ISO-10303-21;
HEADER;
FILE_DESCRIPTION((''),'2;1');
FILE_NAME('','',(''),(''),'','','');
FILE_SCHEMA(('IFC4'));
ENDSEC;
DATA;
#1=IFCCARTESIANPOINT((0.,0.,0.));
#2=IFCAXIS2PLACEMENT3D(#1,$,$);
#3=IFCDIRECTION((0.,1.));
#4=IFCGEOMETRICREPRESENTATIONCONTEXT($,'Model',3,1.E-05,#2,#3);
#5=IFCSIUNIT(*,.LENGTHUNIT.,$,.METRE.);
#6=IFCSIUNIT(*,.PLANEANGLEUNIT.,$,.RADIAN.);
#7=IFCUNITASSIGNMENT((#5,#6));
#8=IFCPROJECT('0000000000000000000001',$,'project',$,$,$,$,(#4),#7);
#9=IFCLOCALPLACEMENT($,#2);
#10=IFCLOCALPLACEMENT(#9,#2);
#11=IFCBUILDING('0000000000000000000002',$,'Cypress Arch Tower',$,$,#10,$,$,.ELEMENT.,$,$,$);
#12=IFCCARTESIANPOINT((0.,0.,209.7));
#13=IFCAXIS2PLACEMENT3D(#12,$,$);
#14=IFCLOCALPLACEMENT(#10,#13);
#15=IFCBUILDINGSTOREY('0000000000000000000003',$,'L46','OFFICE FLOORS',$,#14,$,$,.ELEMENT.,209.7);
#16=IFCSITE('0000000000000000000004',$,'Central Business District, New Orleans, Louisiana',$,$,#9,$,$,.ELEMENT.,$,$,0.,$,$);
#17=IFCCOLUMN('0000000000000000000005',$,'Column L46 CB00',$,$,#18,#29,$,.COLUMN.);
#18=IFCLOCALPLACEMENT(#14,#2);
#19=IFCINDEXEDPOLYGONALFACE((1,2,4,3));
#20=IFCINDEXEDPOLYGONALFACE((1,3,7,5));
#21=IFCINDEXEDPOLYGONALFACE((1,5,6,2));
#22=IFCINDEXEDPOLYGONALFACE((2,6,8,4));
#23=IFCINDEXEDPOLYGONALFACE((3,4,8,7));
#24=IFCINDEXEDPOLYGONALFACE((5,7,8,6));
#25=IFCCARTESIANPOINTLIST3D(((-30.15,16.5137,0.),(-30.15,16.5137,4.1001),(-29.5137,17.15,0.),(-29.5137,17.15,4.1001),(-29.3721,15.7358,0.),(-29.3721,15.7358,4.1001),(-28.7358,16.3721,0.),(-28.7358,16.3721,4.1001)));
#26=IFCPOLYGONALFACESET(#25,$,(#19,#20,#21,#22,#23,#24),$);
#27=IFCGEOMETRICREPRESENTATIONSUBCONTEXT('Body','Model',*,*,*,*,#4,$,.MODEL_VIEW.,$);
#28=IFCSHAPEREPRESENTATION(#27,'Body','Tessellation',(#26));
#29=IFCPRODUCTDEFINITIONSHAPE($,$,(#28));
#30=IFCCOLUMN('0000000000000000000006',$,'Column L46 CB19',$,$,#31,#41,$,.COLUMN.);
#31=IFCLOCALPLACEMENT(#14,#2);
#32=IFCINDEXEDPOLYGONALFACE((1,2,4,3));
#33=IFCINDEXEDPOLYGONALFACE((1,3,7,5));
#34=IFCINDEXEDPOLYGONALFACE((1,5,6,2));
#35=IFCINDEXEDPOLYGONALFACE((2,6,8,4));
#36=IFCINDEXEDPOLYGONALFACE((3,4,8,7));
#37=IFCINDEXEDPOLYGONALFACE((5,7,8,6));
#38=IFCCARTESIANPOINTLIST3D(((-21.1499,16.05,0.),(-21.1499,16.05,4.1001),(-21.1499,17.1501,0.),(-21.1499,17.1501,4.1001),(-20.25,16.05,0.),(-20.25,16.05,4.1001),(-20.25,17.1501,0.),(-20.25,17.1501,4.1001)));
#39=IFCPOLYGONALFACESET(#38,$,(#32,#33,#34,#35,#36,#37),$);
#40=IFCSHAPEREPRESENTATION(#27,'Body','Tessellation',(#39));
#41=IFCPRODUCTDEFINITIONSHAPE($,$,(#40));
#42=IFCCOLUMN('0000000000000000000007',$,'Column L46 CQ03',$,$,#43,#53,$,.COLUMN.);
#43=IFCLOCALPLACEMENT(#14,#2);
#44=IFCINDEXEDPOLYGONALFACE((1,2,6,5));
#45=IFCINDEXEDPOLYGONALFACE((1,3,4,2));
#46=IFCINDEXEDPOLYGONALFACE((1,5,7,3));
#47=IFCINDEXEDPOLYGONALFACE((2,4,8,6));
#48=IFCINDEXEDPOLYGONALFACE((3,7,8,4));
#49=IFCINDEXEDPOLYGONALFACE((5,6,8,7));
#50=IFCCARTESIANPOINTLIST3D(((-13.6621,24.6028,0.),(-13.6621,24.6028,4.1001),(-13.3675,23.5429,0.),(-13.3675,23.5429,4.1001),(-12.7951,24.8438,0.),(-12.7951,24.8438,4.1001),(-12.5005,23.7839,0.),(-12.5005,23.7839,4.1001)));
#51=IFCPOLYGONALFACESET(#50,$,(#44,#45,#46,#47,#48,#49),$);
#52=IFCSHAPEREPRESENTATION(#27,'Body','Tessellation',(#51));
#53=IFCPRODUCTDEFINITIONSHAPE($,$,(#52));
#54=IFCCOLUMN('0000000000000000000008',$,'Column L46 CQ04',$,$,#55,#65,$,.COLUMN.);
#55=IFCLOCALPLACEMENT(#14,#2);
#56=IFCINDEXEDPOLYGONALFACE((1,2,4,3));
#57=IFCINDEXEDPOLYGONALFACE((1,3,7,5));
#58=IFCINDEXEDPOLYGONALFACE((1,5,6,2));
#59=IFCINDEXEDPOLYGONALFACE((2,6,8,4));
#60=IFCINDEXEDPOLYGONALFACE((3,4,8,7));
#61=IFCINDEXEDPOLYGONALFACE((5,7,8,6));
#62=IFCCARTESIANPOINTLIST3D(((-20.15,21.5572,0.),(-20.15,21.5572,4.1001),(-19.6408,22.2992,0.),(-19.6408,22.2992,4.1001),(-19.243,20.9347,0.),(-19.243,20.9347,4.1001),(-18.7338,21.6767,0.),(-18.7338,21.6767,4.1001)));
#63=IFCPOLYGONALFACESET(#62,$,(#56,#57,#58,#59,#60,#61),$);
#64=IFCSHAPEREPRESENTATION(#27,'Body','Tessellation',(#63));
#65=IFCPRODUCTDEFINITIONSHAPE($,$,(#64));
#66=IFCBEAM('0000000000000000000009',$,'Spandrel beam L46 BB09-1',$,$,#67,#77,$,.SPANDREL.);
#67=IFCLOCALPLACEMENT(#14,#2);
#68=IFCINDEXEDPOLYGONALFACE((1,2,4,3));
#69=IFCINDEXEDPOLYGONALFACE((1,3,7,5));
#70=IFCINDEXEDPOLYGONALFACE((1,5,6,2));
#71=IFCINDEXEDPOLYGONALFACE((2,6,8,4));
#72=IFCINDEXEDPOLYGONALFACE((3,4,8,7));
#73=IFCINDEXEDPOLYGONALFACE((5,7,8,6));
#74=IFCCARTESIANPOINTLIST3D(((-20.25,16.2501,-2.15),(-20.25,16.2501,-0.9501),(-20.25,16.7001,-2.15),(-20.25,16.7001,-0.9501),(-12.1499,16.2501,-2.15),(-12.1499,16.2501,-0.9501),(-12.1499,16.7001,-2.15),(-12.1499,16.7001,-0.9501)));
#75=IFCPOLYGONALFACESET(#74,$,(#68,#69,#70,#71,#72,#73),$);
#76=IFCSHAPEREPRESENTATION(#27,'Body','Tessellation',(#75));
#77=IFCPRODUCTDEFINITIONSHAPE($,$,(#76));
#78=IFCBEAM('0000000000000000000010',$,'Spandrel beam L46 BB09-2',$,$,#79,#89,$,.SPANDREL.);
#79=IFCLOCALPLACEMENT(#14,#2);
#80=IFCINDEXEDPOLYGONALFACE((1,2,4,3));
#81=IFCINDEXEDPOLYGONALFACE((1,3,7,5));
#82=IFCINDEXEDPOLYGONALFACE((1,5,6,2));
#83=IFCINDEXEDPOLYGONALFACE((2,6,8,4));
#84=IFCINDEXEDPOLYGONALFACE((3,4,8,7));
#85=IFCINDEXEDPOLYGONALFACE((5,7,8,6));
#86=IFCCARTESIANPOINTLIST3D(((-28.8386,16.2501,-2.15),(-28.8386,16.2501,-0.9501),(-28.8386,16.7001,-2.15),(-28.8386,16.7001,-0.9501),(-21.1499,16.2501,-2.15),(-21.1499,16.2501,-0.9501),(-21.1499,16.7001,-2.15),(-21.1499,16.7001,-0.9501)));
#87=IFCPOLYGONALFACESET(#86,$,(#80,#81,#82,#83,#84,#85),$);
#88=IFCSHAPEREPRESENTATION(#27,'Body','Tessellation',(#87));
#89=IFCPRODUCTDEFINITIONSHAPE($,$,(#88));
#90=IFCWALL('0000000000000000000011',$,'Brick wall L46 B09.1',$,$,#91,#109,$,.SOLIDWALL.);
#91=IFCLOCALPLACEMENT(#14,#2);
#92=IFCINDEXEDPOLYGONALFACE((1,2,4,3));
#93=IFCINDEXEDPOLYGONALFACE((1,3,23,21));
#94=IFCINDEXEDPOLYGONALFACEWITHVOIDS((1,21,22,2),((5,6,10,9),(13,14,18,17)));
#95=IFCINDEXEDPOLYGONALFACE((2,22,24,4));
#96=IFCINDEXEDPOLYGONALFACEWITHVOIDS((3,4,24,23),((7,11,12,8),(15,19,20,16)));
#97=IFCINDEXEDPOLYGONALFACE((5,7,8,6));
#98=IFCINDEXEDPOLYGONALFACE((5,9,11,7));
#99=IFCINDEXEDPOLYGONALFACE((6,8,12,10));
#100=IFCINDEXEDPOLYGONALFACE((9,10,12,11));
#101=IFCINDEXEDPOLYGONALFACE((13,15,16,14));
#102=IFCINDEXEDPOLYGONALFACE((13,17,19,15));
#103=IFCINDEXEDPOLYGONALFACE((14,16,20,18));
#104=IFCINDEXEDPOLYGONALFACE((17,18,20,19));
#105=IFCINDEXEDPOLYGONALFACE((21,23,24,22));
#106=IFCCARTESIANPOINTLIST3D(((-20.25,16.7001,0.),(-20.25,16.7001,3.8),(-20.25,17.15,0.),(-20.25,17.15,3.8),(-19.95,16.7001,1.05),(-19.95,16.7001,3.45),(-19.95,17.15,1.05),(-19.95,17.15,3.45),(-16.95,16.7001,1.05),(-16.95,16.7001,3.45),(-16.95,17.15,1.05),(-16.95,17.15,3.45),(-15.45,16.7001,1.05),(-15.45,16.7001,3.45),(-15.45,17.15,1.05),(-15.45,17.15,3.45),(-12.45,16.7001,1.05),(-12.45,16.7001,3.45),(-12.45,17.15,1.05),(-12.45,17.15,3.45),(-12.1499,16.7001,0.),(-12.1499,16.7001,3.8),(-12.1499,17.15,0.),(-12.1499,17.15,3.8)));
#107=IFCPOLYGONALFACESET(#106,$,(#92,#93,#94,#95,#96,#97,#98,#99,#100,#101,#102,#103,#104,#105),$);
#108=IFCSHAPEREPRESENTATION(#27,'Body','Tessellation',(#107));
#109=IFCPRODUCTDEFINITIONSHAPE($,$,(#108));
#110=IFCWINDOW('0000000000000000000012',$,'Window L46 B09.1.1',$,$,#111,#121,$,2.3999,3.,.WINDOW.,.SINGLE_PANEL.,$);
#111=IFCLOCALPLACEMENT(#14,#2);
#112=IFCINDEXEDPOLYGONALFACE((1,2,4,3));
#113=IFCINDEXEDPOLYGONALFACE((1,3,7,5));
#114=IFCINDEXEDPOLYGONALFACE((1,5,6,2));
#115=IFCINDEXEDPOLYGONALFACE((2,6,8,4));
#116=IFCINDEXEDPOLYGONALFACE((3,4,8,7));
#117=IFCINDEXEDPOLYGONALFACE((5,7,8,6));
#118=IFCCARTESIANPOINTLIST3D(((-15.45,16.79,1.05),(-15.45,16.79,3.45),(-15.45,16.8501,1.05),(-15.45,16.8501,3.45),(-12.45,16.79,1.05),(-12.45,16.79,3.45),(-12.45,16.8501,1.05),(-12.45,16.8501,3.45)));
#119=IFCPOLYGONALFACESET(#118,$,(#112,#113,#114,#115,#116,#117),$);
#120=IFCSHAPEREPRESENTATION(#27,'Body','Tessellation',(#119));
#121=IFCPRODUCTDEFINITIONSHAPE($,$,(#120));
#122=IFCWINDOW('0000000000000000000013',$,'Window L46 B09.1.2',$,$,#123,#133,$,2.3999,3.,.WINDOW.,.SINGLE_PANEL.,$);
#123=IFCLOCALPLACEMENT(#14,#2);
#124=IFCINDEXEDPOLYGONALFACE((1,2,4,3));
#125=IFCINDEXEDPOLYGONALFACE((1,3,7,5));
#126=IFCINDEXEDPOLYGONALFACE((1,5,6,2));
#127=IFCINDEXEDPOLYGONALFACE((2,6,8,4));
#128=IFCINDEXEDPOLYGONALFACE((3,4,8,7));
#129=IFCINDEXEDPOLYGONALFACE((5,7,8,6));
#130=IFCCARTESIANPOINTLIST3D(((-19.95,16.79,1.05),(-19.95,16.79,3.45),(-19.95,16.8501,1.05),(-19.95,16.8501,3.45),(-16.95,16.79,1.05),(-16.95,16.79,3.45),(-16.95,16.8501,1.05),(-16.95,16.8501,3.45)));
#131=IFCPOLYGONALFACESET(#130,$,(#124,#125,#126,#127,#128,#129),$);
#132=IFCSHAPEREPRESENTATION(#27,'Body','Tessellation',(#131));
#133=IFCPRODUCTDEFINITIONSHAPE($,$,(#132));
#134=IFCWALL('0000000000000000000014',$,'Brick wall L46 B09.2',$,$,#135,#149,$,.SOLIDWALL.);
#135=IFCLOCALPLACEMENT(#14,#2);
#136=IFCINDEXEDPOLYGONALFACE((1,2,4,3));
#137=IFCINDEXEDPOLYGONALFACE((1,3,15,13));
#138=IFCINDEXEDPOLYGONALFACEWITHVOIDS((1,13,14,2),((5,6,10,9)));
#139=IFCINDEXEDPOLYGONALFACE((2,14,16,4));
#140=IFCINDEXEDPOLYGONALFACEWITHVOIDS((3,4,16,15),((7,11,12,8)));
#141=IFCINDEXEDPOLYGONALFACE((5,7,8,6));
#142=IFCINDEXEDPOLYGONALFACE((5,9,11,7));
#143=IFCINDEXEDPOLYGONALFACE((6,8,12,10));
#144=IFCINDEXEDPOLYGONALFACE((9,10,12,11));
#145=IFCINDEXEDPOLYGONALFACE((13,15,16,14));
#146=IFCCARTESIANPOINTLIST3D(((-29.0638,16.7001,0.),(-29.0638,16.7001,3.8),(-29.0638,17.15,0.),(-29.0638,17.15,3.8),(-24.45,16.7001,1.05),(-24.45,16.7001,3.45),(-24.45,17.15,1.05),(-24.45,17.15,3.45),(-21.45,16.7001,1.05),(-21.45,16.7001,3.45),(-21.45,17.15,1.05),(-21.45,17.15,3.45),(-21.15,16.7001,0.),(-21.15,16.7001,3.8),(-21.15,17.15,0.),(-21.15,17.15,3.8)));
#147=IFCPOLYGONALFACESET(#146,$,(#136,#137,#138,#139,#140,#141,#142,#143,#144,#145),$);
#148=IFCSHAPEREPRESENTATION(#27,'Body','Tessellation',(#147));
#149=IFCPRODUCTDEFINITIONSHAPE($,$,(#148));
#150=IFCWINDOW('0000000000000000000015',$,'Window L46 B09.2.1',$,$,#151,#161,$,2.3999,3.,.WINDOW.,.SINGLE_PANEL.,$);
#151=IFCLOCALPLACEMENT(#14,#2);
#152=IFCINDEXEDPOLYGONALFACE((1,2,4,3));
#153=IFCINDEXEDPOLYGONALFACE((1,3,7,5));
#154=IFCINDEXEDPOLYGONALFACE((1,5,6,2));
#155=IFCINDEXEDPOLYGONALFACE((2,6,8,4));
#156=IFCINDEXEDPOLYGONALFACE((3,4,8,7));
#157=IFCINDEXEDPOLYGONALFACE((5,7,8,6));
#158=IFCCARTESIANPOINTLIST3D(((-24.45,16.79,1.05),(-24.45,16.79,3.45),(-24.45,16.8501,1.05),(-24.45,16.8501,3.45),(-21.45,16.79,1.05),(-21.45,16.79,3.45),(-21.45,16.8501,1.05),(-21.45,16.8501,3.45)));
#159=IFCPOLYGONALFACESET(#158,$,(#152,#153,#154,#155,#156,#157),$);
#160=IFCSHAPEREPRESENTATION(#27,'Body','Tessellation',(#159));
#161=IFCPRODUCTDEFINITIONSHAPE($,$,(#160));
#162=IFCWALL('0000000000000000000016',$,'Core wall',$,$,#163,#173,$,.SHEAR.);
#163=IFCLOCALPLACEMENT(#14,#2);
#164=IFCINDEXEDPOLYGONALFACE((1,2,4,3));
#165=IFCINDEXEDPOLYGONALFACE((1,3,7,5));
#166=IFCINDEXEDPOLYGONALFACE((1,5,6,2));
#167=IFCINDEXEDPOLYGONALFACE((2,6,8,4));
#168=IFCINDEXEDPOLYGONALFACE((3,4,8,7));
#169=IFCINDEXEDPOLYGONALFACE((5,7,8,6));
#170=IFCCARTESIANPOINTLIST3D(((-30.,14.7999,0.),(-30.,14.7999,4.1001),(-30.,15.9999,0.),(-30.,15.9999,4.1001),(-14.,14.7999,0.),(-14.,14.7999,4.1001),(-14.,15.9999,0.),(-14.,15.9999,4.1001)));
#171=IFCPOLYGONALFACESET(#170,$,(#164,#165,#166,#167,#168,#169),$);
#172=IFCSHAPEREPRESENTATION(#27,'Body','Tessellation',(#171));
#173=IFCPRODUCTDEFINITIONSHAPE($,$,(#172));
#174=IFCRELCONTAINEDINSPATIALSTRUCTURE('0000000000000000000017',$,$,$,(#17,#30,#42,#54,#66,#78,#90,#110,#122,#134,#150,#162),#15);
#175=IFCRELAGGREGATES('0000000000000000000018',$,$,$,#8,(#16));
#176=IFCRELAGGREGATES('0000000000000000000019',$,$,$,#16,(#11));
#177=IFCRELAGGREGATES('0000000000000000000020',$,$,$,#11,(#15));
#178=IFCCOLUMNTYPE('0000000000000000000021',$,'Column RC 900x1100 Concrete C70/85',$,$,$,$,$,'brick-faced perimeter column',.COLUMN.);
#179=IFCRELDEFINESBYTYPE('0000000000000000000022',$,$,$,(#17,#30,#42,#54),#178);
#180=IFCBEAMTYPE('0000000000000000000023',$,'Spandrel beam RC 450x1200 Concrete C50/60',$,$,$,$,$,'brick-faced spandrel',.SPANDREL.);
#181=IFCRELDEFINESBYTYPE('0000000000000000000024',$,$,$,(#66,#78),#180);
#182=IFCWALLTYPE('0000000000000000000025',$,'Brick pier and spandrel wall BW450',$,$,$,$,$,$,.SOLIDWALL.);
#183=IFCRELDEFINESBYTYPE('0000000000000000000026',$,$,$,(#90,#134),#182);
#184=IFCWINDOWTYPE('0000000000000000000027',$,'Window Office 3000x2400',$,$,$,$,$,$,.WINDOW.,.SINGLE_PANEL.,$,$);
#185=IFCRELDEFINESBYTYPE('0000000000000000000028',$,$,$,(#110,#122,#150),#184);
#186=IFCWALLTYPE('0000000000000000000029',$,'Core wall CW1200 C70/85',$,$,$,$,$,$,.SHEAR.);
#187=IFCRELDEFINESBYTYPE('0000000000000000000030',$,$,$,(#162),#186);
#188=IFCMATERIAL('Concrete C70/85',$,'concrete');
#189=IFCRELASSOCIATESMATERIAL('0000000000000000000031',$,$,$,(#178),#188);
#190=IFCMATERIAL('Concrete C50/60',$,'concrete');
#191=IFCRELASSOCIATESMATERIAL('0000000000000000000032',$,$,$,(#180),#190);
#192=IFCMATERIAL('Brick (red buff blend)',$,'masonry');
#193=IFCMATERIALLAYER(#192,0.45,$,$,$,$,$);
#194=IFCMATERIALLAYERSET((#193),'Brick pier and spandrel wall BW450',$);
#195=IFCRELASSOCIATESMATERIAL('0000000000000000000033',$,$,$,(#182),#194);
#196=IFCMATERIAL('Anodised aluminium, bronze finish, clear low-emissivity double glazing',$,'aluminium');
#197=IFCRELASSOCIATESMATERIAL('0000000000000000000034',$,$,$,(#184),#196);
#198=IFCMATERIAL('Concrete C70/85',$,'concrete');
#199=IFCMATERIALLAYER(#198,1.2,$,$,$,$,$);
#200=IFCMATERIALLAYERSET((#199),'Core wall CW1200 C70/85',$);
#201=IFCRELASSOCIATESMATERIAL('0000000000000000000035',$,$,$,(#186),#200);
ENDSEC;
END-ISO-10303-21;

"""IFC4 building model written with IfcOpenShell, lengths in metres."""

from ifc_helpers import new_model, si_unit, direction, frame, frame_2d, origin, origin_2d, place, context, subcontext, project, spatial, rectangle, extrude, material, layer, layer_set, material_profile, profile_set, type_object, element, fill, save


model = new_model("IFC4")

# Units and contexts
model_context = context("Model", 3, precision=1e-05, world=origin(), true_north=direction((0.0, 1.0)))
body_context = subcontext(model_context, "Body", "Model", "MODEL_VIEW")
ifc_project = project(units=[si_unit("LENGTHUNIT", "METRE"), si_unit("PLANEANGLEUNIT", "RADIAN")], contexts=[model_context])

# Site, building, storey
site_placement = place(None, origin())
site = spatial("IfcSite", under=ifc_project, at=site_placement, Name="Central Business District, New Orleans, Louisiana", CompositionType="ELEMENT", RefElevation=0.0)
building_placement = place(site_placement, origin())
building = spatial("IfcBuilding", under=site, at=building_placement, Name="Cypress Arch Tower", CompositionType="ELEMENT")
storey_placement = place(building_placement, frame((0.0, 0.0, 209.7)))
storey = spatial("IfcBuildingStorey", under=building, at=storey_placement, Name="L46", Description="OFFICE FLOORS", CompositionType="ELEMENT", Elevation=209.7)

# Columns
ifc_material_1 = material(Name="Concrete C70/85", Category="concrete")
ifc_material_profile_1 = material_profile(ifc_material_1, rectangle(XDim=0.8999, YDim=1.1001, at=origin_2d()), Name="RC 900x1100")
ifc_profile_set_1 = profile_set([ifc_material_profile_1], Name="Concrete C70/85")
column_type = type_object("IfcColumnType", Name="Column RC 900x1100 Concrete C70/85", ElementType="brick-faced perimeter column", PredefinedType="COLUMN", material=ifc_profile_set_1)
for number, where, z_axis, x_axis, name in (
    (1, (-29.4429, 16.4429, 0.0), (0.0, 0.0, 1.0), (-0.707107, -0.707107, 0.0), "Column L46 CB00"),
    (2, (-20.7, 16.6001, 0.0), (0.0, 0.0, 1.0), (-1.0, 0.0, 0.0), "Column L46 CB19"),
    (3, (-13.0813, 24.1934, 0.0), (0.0, 0.0, 1.0), (-0.963456, -0.267868, 0.0), "Column L46 CQ03"),
    (4, (-19.4419, 21.6169, 0.0), (0.0, 0.0, 1.0), (-0.565893, -0.824479, 0.0), "Column L46 CQ04"),
):
    element("IfcColumn", number, at=place(storey_placement, frame(where, z_axis=z_axis, x_axis=x_axis)), inside=storey, type_object=column_type, Name=name, PredefinedType="COLUMN", context=body_context, shape_type="SweptSolid", body=[
        extrude(rectangle(XDim=0.8999, YDim=1.1001, at=origin_2d()), origin(), (0.0, 0.0, 1.0), 4.1001),
    ])

# Beams
ifc_material_2 = material(Name="Concrete C50/60", Category="concrete")
ifc_material_profile_2 = material_profile(ifc_material_2, rectangle(XDim=0.45, YDim=1.2, at=origin_2d()), Name="RC 450x1200")
ifc_profile_set_2 = profile_set([ifc_material_profile_2], Name="Concrete C50/60")
beam_type = type_object("IfcBeamType", Name="Spandrel beam RC 450x1200 Concrete C50/60", ElementType="brick-faced spandrel", PredefinedType="SPANDREL", material=ifc_profile_set_2)
beam_1_placement = place(storey_placement, frame((-12.1499, 16.4751, -1.55), z_axis=(-1.0, 0.0, 0.0), x_axis=(0.0, -1.0, 0.0)))
element("IfcBeam", 5, at=beam_1_placement, inside=storey, type_object=beam_type, Name="Spandrel beam L46 BB09-1", PredefinedType="SPANDREL", context=body_context, shape_type="SweptSolid", body=[
    extrude(rectangle(XDim=0.45, YDim=1.2, at=origin_2d()), origin(), (0.0, 0.0, 1.0), 8.1001),
])
beam_2_placement = place(storey_placement, frame((-21.1499, 16.4751, -1.55), z_axis=(-1.0, 0.0, 0.0), x_axis=(0.0, -1.0, 0.0)))
element("IfcBeam", 6, at=beam_2_placement, inside=storey, type_object=beam_type, Name="Spandrel beam L46 BB09-2", PredefinedType="SPANDREL", context=body_context, shape_type="SweptSolid", body=[
    extrude(rectangle(XDim=0.45, YDim=1.2, at=origin_2d()), origin(), (0.0, 0.0, 1.0), 7.6887),
])

# Wall, openings, windows
ifc_material_3 = material(Name="Brick (red buff blend)", Category="masonry")
ifc_layer_1 = layer(ifc_material_3, 0.45)
ifc_layer_set_1 = layer_set([ifc_layer_1], Name="Brick pier and spandrel wall BW450")
wall_type_1 = type_object("IfcWallType", Name="Brick pier and spandrel wall BW450", PredefinedType="SOLIDWALL", material=ifc_layer_set_1)
wall_1_placement = place(storey_placement, frame((-12.1499, 16.925, 0.0), z_axis=(0.0, 0.0, 1.0), x_axis=(-1.0, 0.0, 0.0)))
wall_1 = element("IfcWall", 7, at=wall_1_placement, inside=storey, type_object=wall_type_1, Name="Brick wall L46 B09.1", PredefinedType="SOLIDWALL", context=body_context, shape_type="SweptSolid", body=[
    extrude(rectangle(XDim=8.1001, YDim=0.45, at=frame_2d((4.05, 0.0))), origin(), (0.0, 0.0, 1.0), 3.8),
])
opening_1_placement = place(wall_1_placement, frame((0.3, 0.0, 1.05)))
opening_1 = element("IfcOpeningElement", 8, at=opening_1_placement, cuts=wall_1, PredefinedType="OPENING", context=body_context, shape_type="SweptSolid", body=[
    extrude(rectangle(XDim=3.0, YDim=2.3999, at=frame_2d((1.5, 1.2))), frame((0.0, 0.2349, 0.0), z_axis=(0.0, -1.0, 0.0), x_axis=(1.0, 0.0, 0.0)), (0.0, 0.0, 1.0), 0.47),
])
opening_2_placement = place(wall_1_placement, frame((4.8, 0.0, 1.05)))
opening_2 = element("IfcOpeningElement", 9, at=opening_2_placement, cuts=wall_1, PredefinedType="OPENING", context=body_context, shape_type="SweptSolid", body=[
    extrude(rectangle(XDim=3.0, YDim=2.3999, at=frame_2d((1.5, 1.2))), frame((0.0, 0.2349, 0.0), z_axis=(0.0, -1.0, 0.0), x_axis=(1.0, 0.0, 0.0)), (0.0, 0.0, 1.0), 0.47),
])
ifc_material_4 = material(Name="Anodised aluminium, bronze finish, clear low-emissivity double glazing", Category="aluminium")
window_type = type_object("IfcWindowType", Name="Window Office 3000x2400", PartitioningType="SINGLE_PANEL", PredefinedType="WINDOW", material=ifc_material_4)
window_1_placement = place(opening_1_placement, origin())
window_1 = element("IfcWindow", 10, at=window_1_placement, inside=storey, type_object=window_type, Name="Window L46 B09.1.1", OverallHeight=2.3999, OverallWidth=3.0, PartitioningType="SINGLE_PANEL", PredefinedType="WINDOW", context=body_context, shape_type="SweptSolid", body=[
    extrude(rectangle(XDim=3.0, YDim=2.3999, at=frame_2d((1.5, 1.2))), frame((0.0, 0.135, 0.0), z_axis=(0.0, -1.0, 0.0), x_axis=(1.0, 0.0, 0.0)), (0.0, 0.0, 1.0), 0.0601),
])
fill(opening_1, window_1)
window_2_placement = place(opening_2_placement, origin())
window_2 = element("IfcWindow", 11, at=window_2_placement, inside=storey, type_object=window_type, Name="Window L46 B09.1.2", OverallHeight=2.3999, OverallWidth=3.0, PartitioningType="SINGLE_PANEL", PredefinedType="WINDOW", context=body_context, shape_type="SweptSolid", body=[
    extrude(rectangle(XDim=3.0, YDim=2.3999, at=frame_2d((1.5, 1.2))), frame((0.0, 0.135, 0.0), z_axis=(0.0, -1.0, 0.0), x_axis=(1.0, 0.0, 0.0)), (0.0, 0.0, 1.0), 0.0601),
])
fill(opening_2, window_2)

# Wall, opening, window
wall_2_placement = place(storey_placement, frame((-21.1499, 16.925, 0.0), z_axis=(0.0, 0.0, 1.0), x_axis=(-1.0, 0.0, 0.0)))
wall_2 = element("IfcWall", 12, at=wall_2_placement, inside=storey, type_object=wall_type_1, Name="Brick wall L46 B09.2", PredefinedType="SOLIDWALL", context=body_context, shape_type="SweptSolid", body=[
    extrude(rectangle(XDim=7.9138, YDim=0.45, at=frame_2d((3.957, 0.0))), origin(), (0.0, 0.0, 1.0), 3.8),
])
opening_3_placement = place(wall_2_placement, frame((0.3, 0.0, 1.05)))
opening_3 = element("IfcOpeningElement", 13, at=opening_3_placement, cuts=wall_2, PredefinedType="OPENING", context=body_context, shape_type="SweptSolid", body=[
    extrude(rectangle(XDim=3.0, YDim=2.3999, at=frame_2d((1.5, 1.2))), frame((0.0, 0.2349, 0.0), z_axis=(0.0, -1.0, 0.0), x_axis=(1.0, 0.0, 0.0)), (0.0, 0.0, 1.0), 0.47),
])
window_3_placement = place(opening_3_placement, origin())
window_3 = element("IfcWindow", 14, at=window_3_placement, inside=storey, type_object=window_type, Name="Window L46 B09.2.1", OverallHeight=2.3999, OverallWidth=3.0, PartitioningType="SINGLE_PANEL", PredefinedType="WINDOW", context=body_context, shape_type="SweptSolid", body=[
    extrude(rectangle(XDim=3.0, YDim=2.3999, at=frame_2d((1.5, 1.2))), frame((0.0, 0.135, 0.0), z_axis=(0.0, -1.0, 0.0), x_axis=(1.0, 0.0, 0.0)), (0.0, 0.0, 1.0), 0.0601),
])
fill(opening_3, window_3)

# Wall
ifc_material_5 = material(Name="Concrete C70/85", Category="concrete")
ifc_layer_2 = layer(ifc_material_5, 1.2)
ifc_layer_set_2 = layer_set([ifc_layer_2], Name="Core wall CW1200 C70/85")
wall_type_2 = type_object("IfcWallType", Name="Core wall CW1200 C70/85", PredefinedType="SHEAR", material=ifc_layer_set_2)
wall_3_placement = place(storey_placement, frame((-30.0, 15.3999, 0.0), z_axis=(0.0, 0.0, 1.0), x_axis=(1.0, 0.0, 0.0)))
element("IfcWall", 15, at=wall_3_placement, inside=storey, type_object=wall_type_2, Name="Core wall", PredefinedType="SHEAR", context=body_context, shape_type="SweptSolid", body=[
    extrude(rectangle(XDim=16.0, YDim=1.2, at=frame_2d((8.0, 0.0))), origin(), (0.0, 0.0, 1.0), 4.1001),
])

save(model, "model.ifc")
